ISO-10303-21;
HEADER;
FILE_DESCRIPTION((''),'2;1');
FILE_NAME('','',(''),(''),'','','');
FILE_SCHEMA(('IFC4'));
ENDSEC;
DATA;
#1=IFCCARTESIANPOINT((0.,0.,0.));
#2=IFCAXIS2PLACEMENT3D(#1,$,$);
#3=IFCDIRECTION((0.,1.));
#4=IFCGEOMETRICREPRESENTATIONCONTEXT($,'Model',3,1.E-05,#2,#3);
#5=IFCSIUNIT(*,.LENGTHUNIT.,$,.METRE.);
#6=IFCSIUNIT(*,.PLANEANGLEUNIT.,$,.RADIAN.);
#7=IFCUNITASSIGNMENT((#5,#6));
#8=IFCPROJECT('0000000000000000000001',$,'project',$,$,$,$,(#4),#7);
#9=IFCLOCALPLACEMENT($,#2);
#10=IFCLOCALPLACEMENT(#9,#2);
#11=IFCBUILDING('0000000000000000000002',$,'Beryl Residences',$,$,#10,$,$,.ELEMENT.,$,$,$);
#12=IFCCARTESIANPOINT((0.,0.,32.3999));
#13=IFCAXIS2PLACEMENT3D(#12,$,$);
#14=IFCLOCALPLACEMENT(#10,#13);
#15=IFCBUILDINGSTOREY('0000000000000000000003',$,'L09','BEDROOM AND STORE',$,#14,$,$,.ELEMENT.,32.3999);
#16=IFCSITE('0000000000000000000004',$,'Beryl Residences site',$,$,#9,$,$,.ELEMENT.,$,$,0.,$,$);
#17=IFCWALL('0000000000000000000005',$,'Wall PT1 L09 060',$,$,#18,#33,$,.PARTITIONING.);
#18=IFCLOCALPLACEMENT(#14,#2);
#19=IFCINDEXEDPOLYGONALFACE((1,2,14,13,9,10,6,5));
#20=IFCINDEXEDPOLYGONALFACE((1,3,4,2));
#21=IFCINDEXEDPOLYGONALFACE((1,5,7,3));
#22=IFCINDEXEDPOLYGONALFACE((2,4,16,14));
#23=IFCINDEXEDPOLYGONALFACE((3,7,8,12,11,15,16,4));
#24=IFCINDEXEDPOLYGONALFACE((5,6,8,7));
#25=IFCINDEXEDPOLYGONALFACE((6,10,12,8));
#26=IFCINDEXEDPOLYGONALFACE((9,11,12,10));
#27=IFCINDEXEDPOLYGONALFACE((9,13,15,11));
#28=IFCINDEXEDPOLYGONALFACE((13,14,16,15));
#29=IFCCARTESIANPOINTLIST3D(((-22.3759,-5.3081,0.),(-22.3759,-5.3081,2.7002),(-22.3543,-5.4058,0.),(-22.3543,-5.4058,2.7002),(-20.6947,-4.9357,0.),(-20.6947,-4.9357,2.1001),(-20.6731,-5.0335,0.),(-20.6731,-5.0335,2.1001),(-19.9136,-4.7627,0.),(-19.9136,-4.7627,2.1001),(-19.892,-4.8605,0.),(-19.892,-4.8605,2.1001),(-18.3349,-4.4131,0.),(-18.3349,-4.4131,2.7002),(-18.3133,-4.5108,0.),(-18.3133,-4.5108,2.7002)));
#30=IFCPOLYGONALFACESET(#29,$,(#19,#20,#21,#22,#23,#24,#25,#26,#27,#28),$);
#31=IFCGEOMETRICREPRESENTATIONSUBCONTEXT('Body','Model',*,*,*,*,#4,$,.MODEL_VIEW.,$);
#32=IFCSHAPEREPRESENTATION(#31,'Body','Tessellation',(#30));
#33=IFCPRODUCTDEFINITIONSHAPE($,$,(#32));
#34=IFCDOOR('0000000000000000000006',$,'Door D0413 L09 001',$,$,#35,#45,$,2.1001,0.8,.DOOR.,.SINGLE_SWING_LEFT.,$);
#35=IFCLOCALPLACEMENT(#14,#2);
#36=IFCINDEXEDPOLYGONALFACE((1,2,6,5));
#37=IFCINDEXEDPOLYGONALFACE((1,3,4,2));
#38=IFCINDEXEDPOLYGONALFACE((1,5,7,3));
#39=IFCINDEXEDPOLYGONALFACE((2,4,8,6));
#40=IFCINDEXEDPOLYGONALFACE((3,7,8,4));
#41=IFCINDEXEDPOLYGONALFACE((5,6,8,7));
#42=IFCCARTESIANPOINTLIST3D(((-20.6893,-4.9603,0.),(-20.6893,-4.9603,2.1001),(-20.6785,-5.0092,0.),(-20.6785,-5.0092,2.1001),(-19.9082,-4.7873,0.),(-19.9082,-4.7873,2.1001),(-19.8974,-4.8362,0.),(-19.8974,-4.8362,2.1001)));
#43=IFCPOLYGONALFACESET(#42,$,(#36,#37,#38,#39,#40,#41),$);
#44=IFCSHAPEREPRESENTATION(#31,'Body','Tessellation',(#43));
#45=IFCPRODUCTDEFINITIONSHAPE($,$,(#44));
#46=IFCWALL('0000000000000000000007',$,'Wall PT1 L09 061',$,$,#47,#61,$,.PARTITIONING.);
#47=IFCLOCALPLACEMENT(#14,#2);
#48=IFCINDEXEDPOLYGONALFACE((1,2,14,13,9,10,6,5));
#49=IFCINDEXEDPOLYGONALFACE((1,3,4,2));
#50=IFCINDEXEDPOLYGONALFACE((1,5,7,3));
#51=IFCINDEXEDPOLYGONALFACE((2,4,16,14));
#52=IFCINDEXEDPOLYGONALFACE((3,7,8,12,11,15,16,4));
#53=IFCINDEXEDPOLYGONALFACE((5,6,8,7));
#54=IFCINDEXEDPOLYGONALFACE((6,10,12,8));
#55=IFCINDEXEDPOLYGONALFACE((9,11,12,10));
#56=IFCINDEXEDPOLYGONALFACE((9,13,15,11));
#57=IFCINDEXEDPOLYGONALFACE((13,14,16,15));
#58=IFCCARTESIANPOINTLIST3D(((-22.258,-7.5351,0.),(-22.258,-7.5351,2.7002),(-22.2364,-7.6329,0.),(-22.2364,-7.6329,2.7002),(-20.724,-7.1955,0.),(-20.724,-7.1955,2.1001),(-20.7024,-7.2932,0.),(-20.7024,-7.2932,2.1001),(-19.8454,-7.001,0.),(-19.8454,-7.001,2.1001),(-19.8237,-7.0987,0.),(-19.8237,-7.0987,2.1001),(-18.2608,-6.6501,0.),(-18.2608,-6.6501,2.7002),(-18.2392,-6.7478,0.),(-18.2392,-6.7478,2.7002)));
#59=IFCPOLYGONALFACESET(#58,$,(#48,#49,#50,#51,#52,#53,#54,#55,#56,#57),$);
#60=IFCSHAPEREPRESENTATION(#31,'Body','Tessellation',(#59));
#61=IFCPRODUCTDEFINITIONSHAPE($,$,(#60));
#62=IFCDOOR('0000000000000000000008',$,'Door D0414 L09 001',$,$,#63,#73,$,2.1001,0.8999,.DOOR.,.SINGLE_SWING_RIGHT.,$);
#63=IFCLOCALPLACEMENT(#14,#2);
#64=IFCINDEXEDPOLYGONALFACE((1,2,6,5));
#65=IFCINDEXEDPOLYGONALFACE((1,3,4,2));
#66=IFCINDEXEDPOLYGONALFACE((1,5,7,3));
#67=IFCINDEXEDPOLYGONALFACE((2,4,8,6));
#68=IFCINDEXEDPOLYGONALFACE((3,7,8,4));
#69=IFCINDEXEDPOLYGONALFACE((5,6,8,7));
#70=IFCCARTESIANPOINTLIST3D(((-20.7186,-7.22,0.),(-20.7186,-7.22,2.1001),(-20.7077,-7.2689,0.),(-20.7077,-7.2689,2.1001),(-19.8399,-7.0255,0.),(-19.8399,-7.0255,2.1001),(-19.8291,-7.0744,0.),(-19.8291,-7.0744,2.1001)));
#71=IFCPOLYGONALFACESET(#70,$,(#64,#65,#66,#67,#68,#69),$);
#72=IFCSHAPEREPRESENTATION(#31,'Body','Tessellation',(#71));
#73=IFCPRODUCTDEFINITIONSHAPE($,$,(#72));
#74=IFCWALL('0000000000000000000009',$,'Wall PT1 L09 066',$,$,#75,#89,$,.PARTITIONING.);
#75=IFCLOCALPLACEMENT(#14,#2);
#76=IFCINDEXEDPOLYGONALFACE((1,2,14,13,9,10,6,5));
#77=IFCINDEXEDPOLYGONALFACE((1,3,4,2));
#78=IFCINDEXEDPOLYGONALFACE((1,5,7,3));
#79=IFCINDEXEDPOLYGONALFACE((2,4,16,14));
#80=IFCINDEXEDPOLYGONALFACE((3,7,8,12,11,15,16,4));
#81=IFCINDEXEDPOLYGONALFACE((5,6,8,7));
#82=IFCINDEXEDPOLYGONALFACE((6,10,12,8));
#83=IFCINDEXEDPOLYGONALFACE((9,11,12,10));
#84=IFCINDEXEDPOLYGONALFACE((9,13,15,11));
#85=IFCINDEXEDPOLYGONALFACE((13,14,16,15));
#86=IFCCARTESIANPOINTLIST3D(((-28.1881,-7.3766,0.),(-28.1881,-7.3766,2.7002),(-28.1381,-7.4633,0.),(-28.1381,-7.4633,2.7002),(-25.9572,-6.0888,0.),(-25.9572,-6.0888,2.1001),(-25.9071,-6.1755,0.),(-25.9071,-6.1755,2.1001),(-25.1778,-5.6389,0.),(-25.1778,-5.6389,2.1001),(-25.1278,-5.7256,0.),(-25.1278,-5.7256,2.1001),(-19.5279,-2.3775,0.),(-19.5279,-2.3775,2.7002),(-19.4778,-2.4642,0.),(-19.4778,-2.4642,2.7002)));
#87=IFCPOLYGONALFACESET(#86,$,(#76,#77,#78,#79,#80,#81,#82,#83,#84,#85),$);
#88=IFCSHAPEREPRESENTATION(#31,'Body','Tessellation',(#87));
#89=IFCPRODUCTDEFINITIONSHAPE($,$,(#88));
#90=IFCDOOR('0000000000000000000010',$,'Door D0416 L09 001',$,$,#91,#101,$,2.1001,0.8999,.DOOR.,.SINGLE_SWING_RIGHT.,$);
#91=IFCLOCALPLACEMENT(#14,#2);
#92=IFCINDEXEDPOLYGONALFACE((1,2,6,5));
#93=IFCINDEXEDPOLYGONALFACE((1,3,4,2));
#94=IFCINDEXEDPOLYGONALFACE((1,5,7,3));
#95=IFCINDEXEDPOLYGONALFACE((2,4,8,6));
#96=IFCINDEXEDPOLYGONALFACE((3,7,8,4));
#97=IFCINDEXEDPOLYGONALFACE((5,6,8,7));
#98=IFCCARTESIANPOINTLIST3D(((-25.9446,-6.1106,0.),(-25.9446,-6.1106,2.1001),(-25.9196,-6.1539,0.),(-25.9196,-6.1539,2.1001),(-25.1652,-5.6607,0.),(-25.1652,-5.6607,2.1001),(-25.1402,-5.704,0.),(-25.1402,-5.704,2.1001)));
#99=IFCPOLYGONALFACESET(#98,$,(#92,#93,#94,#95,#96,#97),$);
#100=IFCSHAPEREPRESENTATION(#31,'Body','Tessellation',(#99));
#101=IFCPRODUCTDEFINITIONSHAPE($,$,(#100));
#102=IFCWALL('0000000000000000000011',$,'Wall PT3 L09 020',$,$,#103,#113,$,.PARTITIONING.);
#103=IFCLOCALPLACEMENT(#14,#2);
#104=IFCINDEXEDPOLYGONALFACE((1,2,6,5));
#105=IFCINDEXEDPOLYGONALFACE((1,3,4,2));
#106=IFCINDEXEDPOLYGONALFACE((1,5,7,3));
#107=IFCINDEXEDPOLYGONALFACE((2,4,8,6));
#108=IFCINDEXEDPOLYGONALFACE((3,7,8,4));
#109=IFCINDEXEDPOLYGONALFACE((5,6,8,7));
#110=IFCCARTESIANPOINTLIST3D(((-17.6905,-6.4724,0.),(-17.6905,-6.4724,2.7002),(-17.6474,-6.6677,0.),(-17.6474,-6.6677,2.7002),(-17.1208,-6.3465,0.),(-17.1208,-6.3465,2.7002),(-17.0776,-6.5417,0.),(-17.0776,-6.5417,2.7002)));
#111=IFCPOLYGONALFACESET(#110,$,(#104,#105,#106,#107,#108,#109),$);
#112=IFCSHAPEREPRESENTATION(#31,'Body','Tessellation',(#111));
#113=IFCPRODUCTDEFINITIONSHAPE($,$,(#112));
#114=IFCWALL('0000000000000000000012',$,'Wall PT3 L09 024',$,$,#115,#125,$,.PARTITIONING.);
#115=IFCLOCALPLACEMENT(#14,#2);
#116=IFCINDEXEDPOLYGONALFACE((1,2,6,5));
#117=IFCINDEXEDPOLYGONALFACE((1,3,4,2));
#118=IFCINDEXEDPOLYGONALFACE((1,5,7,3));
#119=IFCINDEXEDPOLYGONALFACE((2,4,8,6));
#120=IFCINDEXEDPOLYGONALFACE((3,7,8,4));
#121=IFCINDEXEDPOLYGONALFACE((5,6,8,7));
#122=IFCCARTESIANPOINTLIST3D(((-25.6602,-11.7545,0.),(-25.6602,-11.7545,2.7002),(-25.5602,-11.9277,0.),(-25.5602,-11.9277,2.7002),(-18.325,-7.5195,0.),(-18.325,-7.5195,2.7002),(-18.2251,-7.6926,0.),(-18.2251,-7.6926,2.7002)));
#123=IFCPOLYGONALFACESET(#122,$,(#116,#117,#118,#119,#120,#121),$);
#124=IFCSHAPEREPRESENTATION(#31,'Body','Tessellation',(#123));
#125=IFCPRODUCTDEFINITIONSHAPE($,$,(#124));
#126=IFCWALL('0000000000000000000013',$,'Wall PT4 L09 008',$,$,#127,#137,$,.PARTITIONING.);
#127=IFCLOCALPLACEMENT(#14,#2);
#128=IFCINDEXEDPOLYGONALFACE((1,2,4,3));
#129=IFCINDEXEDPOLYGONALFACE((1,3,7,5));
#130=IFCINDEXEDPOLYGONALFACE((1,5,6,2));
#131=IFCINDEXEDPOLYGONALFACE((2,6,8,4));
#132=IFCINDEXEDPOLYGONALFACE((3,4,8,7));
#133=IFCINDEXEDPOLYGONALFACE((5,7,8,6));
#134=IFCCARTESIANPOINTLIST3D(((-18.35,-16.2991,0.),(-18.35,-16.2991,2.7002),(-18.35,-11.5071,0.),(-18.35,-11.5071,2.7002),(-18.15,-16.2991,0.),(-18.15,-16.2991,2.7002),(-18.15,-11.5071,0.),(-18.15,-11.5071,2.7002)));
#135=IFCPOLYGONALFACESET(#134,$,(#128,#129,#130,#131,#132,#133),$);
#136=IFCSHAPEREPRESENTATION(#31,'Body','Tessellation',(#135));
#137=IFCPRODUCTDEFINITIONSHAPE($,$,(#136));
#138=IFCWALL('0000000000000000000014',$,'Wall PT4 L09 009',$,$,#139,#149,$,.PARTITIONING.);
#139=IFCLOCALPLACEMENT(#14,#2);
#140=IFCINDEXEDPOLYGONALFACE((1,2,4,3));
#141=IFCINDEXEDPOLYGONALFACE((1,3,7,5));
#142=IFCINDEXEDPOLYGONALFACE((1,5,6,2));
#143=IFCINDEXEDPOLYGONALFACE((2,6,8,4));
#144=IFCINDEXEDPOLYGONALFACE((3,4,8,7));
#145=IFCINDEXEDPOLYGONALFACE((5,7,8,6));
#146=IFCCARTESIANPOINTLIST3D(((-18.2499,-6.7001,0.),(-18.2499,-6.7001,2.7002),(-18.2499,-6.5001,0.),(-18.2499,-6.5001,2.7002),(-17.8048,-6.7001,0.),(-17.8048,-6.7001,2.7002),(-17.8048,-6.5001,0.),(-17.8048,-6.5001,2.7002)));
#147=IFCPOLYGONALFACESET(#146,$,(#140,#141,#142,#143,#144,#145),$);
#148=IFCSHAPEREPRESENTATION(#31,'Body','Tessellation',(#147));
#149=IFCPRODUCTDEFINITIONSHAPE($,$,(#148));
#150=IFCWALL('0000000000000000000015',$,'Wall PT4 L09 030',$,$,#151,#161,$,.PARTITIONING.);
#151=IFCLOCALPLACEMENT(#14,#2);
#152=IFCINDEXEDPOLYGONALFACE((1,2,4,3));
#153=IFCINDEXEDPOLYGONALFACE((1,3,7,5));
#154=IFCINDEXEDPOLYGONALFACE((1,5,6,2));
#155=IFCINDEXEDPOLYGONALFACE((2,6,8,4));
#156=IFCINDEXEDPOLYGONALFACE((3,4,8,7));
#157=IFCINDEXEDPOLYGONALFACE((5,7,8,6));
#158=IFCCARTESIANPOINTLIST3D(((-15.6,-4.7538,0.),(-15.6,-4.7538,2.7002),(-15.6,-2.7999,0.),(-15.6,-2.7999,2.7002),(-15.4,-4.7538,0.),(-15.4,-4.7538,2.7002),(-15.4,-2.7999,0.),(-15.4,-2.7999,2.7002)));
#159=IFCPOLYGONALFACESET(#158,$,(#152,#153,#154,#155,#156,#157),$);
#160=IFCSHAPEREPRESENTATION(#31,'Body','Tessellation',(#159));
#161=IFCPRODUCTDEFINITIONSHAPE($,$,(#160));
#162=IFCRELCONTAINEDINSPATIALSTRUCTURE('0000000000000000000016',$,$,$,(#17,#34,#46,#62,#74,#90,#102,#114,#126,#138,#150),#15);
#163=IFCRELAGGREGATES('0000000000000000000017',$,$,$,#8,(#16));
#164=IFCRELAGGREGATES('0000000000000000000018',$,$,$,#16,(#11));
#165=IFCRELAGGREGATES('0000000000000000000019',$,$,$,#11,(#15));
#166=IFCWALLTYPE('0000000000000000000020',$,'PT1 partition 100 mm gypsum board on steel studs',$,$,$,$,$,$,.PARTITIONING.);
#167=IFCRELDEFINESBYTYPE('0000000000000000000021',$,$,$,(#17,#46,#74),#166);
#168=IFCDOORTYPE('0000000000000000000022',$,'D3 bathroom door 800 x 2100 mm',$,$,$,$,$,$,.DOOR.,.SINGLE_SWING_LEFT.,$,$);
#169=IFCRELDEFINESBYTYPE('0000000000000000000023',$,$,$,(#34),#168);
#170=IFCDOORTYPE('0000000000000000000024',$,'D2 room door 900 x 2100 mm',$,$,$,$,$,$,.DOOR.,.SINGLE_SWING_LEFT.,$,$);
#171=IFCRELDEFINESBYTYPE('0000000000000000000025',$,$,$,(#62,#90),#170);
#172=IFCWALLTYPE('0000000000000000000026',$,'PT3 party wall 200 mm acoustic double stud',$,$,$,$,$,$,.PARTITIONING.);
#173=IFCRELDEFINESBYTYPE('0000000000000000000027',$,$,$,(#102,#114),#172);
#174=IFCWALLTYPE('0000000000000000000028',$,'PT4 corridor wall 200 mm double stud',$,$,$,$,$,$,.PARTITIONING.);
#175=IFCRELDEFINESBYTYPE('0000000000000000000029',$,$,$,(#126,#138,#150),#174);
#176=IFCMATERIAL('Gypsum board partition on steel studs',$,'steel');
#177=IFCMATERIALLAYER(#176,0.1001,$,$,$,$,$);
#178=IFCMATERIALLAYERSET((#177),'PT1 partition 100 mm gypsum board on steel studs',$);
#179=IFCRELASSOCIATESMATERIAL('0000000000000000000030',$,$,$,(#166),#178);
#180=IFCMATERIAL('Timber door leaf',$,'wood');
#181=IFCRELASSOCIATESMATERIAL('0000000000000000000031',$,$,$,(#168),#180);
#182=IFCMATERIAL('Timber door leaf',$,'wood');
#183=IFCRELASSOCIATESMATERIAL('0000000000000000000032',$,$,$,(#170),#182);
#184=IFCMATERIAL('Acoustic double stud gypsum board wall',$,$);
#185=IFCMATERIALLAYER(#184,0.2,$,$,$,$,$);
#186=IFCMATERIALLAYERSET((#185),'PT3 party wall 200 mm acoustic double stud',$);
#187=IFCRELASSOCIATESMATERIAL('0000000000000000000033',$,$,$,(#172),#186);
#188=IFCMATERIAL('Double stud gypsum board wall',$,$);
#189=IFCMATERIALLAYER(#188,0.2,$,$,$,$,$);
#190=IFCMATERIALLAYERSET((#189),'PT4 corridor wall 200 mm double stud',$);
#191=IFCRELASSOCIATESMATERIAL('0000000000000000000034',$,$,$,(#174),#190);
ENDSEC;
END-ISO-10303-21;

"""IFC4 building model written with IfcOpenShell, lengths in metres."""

from ifc_helpers import new_model, si_unit, direction, frame, frame_2d, origin, place, context, subcontext, project, spatial, rectangle, extrude, material, layer, layer_set, type_object, element, fill, save


model = new_model("IFC4")

# Units and contexts
model_context = context("Model", 3, precision=1e-05, world=origin(), true_north=direction((0.0, 1.0)))
body_context = subcontext(model_context, "Body", "Model", "MODEL_VIEW")
ifc_project = project(units=[si_unit("LENGTHUNIT", "METRE"), si_unit("PLANEANGLEUNIT", "RADIAN")], contexts=[model_context])

# Site, building, storey
site_placement = place(None, origin())
site = spatial("IfcSite", under=ifc_project, at=site_placement, Name="Beryl Residences site", CompositionType="ELEMENT", RefElevation=0.0)
building_placement = place(site_placement, origin())
building = spatial("IfcBuilding", under=site, at=building_placement, Name="Beryl Residences", CompositionType="ELEMENT")
storey_placement = place(building_placement, frame((0.0, 0.0, 32.3999)))
storey = spatial("IfcBuildingStorey", under=building, at=storey_placement, Name="L09", Description="BEDROOM AND STORE", CompositionType="ELEMENT", Elevation=32.3999)

# Shared definitions
ifc_material_1 = material(Name="Gypsum board partition on steel studs", Category="steel")
ifc_layer_1 = layer(ifc_material_1, 0.1001)
ifc_layer_set_1 = layer_set([ifc_layer_1], Name="PT1 partition 100 mm gypsum board on steel studs")
wall_type_1 = type_object("IfcWallType", Name="PT1 partition 100 mm gypsum board on steel studs", PredefinedType="PARTITIONING", material=ifc_layer_set_1)

# Walls, openings, doors
ifc_material_2 = material(Name="Timber door leaf", Category="wood")
door_type_1 = type_object("IfcDoorType", Name="D3 bathroom door 800 x 2100 mm", OperationType="SINGLE_SWING_LEFT", PredefinedType="DOOR", material=ifc_material_2)
ifc_material_3 = material(Name="Timber door leaf", Category="wood")
door_type_2 = type_object("IfcDoorType", Name="D2 room door 900 x 2100 mm", OperationType="SINGLE_SWING_LEFT", PredefinedType="DOOR", material=ifc_material_3)
wall_1_placement = place(storey_placement, frame((-22.365, -5.3569, 0.0), z_axis=(0.0, 0.0, 1.0), x_axis=(0.976339, 0.216243, 0.0)))
wall_1 = element("IfcWall", 1, at=wall_1_placement, inside=storey, type_object=wall_type_1, Name="Wall PT1 L09 060", PredefinedType="PARTITIONING", context=body_context, shape_type="SweptSolid", body=[
    extrude(rectangle(XDim=4.1389, YDim=0.1001, at=frame_2d((2.0693, 0.0))), origin(), (0.0, 0.0, 1.0), 2.7002),
])
opening_1_placement = place(wall_1_placement, frame((1.7219, 0.0, 0.0)))
opening_1 = element("IfcOpeningElement", 2, at=opening_1_placement, cuts=wall_1, PredefinedType="OPENING", context=body_context, shape_type="SweptSolid", body=[
    extrude(rectangle(XDim=0.8, YDim=2.1001, at=frame_2d((0.3999, 1.05))), frame((0.0, 0.0601, 0.0), z_axis=(0.0, -1.0, 0.0), x_axis=(1.0, 0.0, 0.0)), (0.0, 0.0, 1.0), 0.1201),
])
door_1_placement = place(opening_1_placement, origin())
door_1 = element("IfcDoor", 3, at=door_1_placement, inside=storey, type_object=door_type_1, Name="Door D0413 L09 001", OperationType="SINGLE_SWING_LEFT", OverallHeight=2.1001, OverallWidth=0.8, PredefinedType="DOOR", context=body_context, shape_type="SweptSolid", body=[
    extrude(rectangle(XDim=0.8, YDim=2.1001, at=frame_2d((0.3999, 1.05))), frame((0.0, 0.0249, 0.0), z_axis=(0.0, -1.0, 0.0), x_axis=(1.0, 0.0, 0.0)), (0.0, 0.0, 1.0), 0.05),
])
fill(opening_1, door_1)
wall_2_placement = place(storey_placement, frame((-22.2471, -7.584, 0.0), z_axis=(0.0, 0.0, 1.0), x_axis=(0.976354, 0.216179, 0.0)))
wall_2 = element("IfcWall", 4, at=wall_2_placement, inside=storey, type_object=wall_type_1, Name="Wall PT1 L09 061", PredefinedType="PARTITIONING", context=body_context, shape_type="SweptSolid", body=[
    extrude(rectangle(XDim=4.094, YDim=0.1001, at=frame_2d((2.0469, 0.0))), origin(), (0.0, 0.0, 1.0), 2.7002),
])
opening_2_placement = place(wall_2_placement, frame((1.571, 0.0, 0.0)))
opening_2 = element("IfcOpeningElement", 5, at=opening_2_placement, cuts=wall_2, PredefinedType="OPENING", context=body_context, shape_type="SweptSolid", body=[
    extrude(rectangle(XDim=0.8999, YDim=2.1001, at=frame_2d((0.45, 1.05))), frame((0.0, 0.0601, 0.0), z_axis=(0.0, -1.0, 0.0), x_axis=(1.0, 0.0, 0.0)), (0.0, 0.0, 1.0), 0.1201),
])
door_2_placement = place(opening_2_placement, origin())
door_2 = element("IfcDoor", 6, at=door_2_placement, inside=storey, type_object=door_type_2, Name="Door D0414 L09 001", OperationType="SINGLE_SWING_RIGHT", OverallHeight=2.1001, OverallWidth=0.8999, PredefinedType="DOOR", context=body_context, shape_type="SweptSolid", body=[
    extrude(rectangle(XDim=0.8999, YDim=2.1001, at=frame_2d((0.45, 1.05))), frame((0.0, 0.0249, 0.0), z_axis=(0.0, -1.0, 0.0), x_axis=(1.0, 0.0, 0.0)), (0.0, 0.0, 1.0), 0.05),
])
fill(opening_2, door_2)
wall_3_placement = place(storey_placement, frame((-28.1631, -7.4199, 0.0), z_axis=(0.0, 0.0, 1.0), x_axis=(0.866065, 0.499931, 0.0)))
wall_3 = element("IfcWall", 7, at=wall_3_placement, inside=storey, type_object=wall_type_1, Name="Wall PT1 L09 066", PredefinedType="PARTITIONING", context=body_context, shape_type="SweptSolid", body=[
    extrude(rectangle(XDim=9.9995, YDim=0.1001, at=frame_2d((4.9998, 0.0))), origin(), (0.0, 0.0, 1.0), 2.7002),
])
opening_3_placement = place(wall_3_placement, frame((2.5759, 0.0, 0.0)))
opening_3 = element("IfcOpeningElement", 8, at=opening_3_placement, cuts=wall_3, PredefinedType="OPENING", context=body_context, shape_type="SweptSolid", body=[
    extrude(rectangle(XDim=0.8999, YDim=2.1001, at=frame_2d((0.45, 1.05))), frame((0.0, 0.0601, 0.0), z_axis=(0.0, -1.0, 0.0), x_axis=(1.0, 0.0, 0.0)), (0.0, 0.0, 1.0), 0.1201),
])
door_3_placement = place(opening_3_placement, origin())
door_3 = element("IfcDoor", 9, at=door_3_placement, inside=storey, type_object=door_type_2, Name="Door D0416 L09 001", OperationType="SINGLE_SWING_RIGHT", OverallHeight=2.1001, OverallWidth=0.8999, PredefinedType="DOOR", context=body_context, shape_type="SweptSolid", body=[
    extrude(rectangle(XDim=0.8999, YDim=2.1001, at=frame_2d((0.45, 1.05))), frame((0.0, 0.0249, 0.0), z_axis=(0.0, -1.0, 0.0), x_axis=(1.0, 0.0, 0.0)), (0.0, 0.0, 1.0), 0.05),
])
fill(opening_3, door_3)

# Walls
ifc_material_4 = material(Name="Acoustic double stud gypsum board wall")
ifc_layer_2 = layer(ifc_material_4, 0.2)
ifc_layer_set_2 = layer_set([ifc_layer_2], Name="PT3 party wall 200 mm acoustic double stud")
wall_type_2 = type_object("IfcWallType", Name="PT3 party wall 200 mm acoustic double stud", PredefinedType="PARTITIONING", material=ifc_layer_set_2)
wall_4_placement = place(storey_placement, frame((-17.6689, -6.5701, 0.0), z_axis=(0.0, 0.0, 1.0), x_axis=(0.976423, 0.215867, 0.0)))
element("IfcWall", 10, at=wall_4_placement, inside=storey, type_object=wall_type_2, Name="Wall PT3 L09 020", PredefinedType="PARTITIONING", context=body_context, shape_type="SweptSolid", body=[
    extrude(rectangle(XDim=0.5835, YDim=0.2, at=frame_2d((0.2917, 0.0))), origin(), (0.0, 0.0, 1.0), 2.7002),
])
wall_5_placement = place(storey_placement, frame((-25.6101, -11.8411, 0.0), z_axis=(0.0, 0.0, 1.0), x_axis=(0.866019, 0.500011, 0.0)))
element("IfcWall", 11, at=wall_5_placement, inside=storey, type_object=wall_type_2, Name="Wall PT3 L09 024", PredefinedType="PARTITIONING", context=body_context, shape_type="SweptSolid", body=[
    extrude(rectangle(XDim=8.47, YDim=0.2, at=frame_2d((4.2349, 0.0))), origin(), (0.0, 0.0, 1.0), 2.7002),
])
ifc_material_5 = material(Name="Double stud gypsum board wall")
ifc_layer_3 = layer(ifc_material_5, 0.2)
ifc_layer_set_3 = layer_set([ifc_layer_3], Name="PT4 corridor wall 200 mm double stud")
wall_type_3 = type_object("IfcWallType", Name="PT4 corridor wall 200 mm double stud", PredefinedType="PARTITIONING", material=ifc_layer_set_3)
wall_6_placement = place(storey_placement, frame((-18.25, -11.5071, 0.0), z_axis=(0.0, 0.0, 1.0), x_axis=(0.0, -1.0, 0.0)))
element("IfcWall", 12, at=wall_6_placement, inside=storey, type_object=wall_type_3, Name="Wall PT4 L09 008", PredefinedType="PARTITIONING", context=body_context, shape_type="SweptSolid", body=[
    extrude(rectangle(XDim=4.792, YDim=0.2, at=frame_2d((2.396, 0.0))), origin(), (0.0, 0.0, 1.0), 2.7002),
])
wall_7_placement = place(storey_placement, frame((-18.25, -6.6001, 0.0), z_axis=(0.0, 0.0, 1.0), x_axis=(1.0, 0.0, 0.0)))
element("IfcWall", 13, at=wall_7_placement, inside=storey, type_object=wall_type_3, Name="Wall PT4 L09 009", PredefinedType="PARTITIONING", context=body_context, shape_type="SweptSolid", body=[
    extrude(rectangle(XDim=0.4451, YDim=0.2, at=frame_2d((0.2227, 0.0))), origin(), (0.0, 0.0, 1.0), 2.7002),
])
wall_8_placement = place(storey_placement, frame((-15.5, -4.7539, 0.0), z_axis=(0.0, 0.0, 1.0), x_axis=(0.0, 1.0, 0.0)))
element("IfcWall", 14, at=wall_8_placement, inside=storey, type_object=wall_type_3, Name="Wall PT4 L09 030", PredefinedType="PARTITIONING", context=body_context, shape_type="SweptSolid", body=[
    extrude(rectangle(XDim=1.9539, YDim=0.2, at=frame_2d((0.9771, 0.0))), origin(), (0.0, 0.0, 1.0), 2.7002),
])

save(model, "model.ifc")
